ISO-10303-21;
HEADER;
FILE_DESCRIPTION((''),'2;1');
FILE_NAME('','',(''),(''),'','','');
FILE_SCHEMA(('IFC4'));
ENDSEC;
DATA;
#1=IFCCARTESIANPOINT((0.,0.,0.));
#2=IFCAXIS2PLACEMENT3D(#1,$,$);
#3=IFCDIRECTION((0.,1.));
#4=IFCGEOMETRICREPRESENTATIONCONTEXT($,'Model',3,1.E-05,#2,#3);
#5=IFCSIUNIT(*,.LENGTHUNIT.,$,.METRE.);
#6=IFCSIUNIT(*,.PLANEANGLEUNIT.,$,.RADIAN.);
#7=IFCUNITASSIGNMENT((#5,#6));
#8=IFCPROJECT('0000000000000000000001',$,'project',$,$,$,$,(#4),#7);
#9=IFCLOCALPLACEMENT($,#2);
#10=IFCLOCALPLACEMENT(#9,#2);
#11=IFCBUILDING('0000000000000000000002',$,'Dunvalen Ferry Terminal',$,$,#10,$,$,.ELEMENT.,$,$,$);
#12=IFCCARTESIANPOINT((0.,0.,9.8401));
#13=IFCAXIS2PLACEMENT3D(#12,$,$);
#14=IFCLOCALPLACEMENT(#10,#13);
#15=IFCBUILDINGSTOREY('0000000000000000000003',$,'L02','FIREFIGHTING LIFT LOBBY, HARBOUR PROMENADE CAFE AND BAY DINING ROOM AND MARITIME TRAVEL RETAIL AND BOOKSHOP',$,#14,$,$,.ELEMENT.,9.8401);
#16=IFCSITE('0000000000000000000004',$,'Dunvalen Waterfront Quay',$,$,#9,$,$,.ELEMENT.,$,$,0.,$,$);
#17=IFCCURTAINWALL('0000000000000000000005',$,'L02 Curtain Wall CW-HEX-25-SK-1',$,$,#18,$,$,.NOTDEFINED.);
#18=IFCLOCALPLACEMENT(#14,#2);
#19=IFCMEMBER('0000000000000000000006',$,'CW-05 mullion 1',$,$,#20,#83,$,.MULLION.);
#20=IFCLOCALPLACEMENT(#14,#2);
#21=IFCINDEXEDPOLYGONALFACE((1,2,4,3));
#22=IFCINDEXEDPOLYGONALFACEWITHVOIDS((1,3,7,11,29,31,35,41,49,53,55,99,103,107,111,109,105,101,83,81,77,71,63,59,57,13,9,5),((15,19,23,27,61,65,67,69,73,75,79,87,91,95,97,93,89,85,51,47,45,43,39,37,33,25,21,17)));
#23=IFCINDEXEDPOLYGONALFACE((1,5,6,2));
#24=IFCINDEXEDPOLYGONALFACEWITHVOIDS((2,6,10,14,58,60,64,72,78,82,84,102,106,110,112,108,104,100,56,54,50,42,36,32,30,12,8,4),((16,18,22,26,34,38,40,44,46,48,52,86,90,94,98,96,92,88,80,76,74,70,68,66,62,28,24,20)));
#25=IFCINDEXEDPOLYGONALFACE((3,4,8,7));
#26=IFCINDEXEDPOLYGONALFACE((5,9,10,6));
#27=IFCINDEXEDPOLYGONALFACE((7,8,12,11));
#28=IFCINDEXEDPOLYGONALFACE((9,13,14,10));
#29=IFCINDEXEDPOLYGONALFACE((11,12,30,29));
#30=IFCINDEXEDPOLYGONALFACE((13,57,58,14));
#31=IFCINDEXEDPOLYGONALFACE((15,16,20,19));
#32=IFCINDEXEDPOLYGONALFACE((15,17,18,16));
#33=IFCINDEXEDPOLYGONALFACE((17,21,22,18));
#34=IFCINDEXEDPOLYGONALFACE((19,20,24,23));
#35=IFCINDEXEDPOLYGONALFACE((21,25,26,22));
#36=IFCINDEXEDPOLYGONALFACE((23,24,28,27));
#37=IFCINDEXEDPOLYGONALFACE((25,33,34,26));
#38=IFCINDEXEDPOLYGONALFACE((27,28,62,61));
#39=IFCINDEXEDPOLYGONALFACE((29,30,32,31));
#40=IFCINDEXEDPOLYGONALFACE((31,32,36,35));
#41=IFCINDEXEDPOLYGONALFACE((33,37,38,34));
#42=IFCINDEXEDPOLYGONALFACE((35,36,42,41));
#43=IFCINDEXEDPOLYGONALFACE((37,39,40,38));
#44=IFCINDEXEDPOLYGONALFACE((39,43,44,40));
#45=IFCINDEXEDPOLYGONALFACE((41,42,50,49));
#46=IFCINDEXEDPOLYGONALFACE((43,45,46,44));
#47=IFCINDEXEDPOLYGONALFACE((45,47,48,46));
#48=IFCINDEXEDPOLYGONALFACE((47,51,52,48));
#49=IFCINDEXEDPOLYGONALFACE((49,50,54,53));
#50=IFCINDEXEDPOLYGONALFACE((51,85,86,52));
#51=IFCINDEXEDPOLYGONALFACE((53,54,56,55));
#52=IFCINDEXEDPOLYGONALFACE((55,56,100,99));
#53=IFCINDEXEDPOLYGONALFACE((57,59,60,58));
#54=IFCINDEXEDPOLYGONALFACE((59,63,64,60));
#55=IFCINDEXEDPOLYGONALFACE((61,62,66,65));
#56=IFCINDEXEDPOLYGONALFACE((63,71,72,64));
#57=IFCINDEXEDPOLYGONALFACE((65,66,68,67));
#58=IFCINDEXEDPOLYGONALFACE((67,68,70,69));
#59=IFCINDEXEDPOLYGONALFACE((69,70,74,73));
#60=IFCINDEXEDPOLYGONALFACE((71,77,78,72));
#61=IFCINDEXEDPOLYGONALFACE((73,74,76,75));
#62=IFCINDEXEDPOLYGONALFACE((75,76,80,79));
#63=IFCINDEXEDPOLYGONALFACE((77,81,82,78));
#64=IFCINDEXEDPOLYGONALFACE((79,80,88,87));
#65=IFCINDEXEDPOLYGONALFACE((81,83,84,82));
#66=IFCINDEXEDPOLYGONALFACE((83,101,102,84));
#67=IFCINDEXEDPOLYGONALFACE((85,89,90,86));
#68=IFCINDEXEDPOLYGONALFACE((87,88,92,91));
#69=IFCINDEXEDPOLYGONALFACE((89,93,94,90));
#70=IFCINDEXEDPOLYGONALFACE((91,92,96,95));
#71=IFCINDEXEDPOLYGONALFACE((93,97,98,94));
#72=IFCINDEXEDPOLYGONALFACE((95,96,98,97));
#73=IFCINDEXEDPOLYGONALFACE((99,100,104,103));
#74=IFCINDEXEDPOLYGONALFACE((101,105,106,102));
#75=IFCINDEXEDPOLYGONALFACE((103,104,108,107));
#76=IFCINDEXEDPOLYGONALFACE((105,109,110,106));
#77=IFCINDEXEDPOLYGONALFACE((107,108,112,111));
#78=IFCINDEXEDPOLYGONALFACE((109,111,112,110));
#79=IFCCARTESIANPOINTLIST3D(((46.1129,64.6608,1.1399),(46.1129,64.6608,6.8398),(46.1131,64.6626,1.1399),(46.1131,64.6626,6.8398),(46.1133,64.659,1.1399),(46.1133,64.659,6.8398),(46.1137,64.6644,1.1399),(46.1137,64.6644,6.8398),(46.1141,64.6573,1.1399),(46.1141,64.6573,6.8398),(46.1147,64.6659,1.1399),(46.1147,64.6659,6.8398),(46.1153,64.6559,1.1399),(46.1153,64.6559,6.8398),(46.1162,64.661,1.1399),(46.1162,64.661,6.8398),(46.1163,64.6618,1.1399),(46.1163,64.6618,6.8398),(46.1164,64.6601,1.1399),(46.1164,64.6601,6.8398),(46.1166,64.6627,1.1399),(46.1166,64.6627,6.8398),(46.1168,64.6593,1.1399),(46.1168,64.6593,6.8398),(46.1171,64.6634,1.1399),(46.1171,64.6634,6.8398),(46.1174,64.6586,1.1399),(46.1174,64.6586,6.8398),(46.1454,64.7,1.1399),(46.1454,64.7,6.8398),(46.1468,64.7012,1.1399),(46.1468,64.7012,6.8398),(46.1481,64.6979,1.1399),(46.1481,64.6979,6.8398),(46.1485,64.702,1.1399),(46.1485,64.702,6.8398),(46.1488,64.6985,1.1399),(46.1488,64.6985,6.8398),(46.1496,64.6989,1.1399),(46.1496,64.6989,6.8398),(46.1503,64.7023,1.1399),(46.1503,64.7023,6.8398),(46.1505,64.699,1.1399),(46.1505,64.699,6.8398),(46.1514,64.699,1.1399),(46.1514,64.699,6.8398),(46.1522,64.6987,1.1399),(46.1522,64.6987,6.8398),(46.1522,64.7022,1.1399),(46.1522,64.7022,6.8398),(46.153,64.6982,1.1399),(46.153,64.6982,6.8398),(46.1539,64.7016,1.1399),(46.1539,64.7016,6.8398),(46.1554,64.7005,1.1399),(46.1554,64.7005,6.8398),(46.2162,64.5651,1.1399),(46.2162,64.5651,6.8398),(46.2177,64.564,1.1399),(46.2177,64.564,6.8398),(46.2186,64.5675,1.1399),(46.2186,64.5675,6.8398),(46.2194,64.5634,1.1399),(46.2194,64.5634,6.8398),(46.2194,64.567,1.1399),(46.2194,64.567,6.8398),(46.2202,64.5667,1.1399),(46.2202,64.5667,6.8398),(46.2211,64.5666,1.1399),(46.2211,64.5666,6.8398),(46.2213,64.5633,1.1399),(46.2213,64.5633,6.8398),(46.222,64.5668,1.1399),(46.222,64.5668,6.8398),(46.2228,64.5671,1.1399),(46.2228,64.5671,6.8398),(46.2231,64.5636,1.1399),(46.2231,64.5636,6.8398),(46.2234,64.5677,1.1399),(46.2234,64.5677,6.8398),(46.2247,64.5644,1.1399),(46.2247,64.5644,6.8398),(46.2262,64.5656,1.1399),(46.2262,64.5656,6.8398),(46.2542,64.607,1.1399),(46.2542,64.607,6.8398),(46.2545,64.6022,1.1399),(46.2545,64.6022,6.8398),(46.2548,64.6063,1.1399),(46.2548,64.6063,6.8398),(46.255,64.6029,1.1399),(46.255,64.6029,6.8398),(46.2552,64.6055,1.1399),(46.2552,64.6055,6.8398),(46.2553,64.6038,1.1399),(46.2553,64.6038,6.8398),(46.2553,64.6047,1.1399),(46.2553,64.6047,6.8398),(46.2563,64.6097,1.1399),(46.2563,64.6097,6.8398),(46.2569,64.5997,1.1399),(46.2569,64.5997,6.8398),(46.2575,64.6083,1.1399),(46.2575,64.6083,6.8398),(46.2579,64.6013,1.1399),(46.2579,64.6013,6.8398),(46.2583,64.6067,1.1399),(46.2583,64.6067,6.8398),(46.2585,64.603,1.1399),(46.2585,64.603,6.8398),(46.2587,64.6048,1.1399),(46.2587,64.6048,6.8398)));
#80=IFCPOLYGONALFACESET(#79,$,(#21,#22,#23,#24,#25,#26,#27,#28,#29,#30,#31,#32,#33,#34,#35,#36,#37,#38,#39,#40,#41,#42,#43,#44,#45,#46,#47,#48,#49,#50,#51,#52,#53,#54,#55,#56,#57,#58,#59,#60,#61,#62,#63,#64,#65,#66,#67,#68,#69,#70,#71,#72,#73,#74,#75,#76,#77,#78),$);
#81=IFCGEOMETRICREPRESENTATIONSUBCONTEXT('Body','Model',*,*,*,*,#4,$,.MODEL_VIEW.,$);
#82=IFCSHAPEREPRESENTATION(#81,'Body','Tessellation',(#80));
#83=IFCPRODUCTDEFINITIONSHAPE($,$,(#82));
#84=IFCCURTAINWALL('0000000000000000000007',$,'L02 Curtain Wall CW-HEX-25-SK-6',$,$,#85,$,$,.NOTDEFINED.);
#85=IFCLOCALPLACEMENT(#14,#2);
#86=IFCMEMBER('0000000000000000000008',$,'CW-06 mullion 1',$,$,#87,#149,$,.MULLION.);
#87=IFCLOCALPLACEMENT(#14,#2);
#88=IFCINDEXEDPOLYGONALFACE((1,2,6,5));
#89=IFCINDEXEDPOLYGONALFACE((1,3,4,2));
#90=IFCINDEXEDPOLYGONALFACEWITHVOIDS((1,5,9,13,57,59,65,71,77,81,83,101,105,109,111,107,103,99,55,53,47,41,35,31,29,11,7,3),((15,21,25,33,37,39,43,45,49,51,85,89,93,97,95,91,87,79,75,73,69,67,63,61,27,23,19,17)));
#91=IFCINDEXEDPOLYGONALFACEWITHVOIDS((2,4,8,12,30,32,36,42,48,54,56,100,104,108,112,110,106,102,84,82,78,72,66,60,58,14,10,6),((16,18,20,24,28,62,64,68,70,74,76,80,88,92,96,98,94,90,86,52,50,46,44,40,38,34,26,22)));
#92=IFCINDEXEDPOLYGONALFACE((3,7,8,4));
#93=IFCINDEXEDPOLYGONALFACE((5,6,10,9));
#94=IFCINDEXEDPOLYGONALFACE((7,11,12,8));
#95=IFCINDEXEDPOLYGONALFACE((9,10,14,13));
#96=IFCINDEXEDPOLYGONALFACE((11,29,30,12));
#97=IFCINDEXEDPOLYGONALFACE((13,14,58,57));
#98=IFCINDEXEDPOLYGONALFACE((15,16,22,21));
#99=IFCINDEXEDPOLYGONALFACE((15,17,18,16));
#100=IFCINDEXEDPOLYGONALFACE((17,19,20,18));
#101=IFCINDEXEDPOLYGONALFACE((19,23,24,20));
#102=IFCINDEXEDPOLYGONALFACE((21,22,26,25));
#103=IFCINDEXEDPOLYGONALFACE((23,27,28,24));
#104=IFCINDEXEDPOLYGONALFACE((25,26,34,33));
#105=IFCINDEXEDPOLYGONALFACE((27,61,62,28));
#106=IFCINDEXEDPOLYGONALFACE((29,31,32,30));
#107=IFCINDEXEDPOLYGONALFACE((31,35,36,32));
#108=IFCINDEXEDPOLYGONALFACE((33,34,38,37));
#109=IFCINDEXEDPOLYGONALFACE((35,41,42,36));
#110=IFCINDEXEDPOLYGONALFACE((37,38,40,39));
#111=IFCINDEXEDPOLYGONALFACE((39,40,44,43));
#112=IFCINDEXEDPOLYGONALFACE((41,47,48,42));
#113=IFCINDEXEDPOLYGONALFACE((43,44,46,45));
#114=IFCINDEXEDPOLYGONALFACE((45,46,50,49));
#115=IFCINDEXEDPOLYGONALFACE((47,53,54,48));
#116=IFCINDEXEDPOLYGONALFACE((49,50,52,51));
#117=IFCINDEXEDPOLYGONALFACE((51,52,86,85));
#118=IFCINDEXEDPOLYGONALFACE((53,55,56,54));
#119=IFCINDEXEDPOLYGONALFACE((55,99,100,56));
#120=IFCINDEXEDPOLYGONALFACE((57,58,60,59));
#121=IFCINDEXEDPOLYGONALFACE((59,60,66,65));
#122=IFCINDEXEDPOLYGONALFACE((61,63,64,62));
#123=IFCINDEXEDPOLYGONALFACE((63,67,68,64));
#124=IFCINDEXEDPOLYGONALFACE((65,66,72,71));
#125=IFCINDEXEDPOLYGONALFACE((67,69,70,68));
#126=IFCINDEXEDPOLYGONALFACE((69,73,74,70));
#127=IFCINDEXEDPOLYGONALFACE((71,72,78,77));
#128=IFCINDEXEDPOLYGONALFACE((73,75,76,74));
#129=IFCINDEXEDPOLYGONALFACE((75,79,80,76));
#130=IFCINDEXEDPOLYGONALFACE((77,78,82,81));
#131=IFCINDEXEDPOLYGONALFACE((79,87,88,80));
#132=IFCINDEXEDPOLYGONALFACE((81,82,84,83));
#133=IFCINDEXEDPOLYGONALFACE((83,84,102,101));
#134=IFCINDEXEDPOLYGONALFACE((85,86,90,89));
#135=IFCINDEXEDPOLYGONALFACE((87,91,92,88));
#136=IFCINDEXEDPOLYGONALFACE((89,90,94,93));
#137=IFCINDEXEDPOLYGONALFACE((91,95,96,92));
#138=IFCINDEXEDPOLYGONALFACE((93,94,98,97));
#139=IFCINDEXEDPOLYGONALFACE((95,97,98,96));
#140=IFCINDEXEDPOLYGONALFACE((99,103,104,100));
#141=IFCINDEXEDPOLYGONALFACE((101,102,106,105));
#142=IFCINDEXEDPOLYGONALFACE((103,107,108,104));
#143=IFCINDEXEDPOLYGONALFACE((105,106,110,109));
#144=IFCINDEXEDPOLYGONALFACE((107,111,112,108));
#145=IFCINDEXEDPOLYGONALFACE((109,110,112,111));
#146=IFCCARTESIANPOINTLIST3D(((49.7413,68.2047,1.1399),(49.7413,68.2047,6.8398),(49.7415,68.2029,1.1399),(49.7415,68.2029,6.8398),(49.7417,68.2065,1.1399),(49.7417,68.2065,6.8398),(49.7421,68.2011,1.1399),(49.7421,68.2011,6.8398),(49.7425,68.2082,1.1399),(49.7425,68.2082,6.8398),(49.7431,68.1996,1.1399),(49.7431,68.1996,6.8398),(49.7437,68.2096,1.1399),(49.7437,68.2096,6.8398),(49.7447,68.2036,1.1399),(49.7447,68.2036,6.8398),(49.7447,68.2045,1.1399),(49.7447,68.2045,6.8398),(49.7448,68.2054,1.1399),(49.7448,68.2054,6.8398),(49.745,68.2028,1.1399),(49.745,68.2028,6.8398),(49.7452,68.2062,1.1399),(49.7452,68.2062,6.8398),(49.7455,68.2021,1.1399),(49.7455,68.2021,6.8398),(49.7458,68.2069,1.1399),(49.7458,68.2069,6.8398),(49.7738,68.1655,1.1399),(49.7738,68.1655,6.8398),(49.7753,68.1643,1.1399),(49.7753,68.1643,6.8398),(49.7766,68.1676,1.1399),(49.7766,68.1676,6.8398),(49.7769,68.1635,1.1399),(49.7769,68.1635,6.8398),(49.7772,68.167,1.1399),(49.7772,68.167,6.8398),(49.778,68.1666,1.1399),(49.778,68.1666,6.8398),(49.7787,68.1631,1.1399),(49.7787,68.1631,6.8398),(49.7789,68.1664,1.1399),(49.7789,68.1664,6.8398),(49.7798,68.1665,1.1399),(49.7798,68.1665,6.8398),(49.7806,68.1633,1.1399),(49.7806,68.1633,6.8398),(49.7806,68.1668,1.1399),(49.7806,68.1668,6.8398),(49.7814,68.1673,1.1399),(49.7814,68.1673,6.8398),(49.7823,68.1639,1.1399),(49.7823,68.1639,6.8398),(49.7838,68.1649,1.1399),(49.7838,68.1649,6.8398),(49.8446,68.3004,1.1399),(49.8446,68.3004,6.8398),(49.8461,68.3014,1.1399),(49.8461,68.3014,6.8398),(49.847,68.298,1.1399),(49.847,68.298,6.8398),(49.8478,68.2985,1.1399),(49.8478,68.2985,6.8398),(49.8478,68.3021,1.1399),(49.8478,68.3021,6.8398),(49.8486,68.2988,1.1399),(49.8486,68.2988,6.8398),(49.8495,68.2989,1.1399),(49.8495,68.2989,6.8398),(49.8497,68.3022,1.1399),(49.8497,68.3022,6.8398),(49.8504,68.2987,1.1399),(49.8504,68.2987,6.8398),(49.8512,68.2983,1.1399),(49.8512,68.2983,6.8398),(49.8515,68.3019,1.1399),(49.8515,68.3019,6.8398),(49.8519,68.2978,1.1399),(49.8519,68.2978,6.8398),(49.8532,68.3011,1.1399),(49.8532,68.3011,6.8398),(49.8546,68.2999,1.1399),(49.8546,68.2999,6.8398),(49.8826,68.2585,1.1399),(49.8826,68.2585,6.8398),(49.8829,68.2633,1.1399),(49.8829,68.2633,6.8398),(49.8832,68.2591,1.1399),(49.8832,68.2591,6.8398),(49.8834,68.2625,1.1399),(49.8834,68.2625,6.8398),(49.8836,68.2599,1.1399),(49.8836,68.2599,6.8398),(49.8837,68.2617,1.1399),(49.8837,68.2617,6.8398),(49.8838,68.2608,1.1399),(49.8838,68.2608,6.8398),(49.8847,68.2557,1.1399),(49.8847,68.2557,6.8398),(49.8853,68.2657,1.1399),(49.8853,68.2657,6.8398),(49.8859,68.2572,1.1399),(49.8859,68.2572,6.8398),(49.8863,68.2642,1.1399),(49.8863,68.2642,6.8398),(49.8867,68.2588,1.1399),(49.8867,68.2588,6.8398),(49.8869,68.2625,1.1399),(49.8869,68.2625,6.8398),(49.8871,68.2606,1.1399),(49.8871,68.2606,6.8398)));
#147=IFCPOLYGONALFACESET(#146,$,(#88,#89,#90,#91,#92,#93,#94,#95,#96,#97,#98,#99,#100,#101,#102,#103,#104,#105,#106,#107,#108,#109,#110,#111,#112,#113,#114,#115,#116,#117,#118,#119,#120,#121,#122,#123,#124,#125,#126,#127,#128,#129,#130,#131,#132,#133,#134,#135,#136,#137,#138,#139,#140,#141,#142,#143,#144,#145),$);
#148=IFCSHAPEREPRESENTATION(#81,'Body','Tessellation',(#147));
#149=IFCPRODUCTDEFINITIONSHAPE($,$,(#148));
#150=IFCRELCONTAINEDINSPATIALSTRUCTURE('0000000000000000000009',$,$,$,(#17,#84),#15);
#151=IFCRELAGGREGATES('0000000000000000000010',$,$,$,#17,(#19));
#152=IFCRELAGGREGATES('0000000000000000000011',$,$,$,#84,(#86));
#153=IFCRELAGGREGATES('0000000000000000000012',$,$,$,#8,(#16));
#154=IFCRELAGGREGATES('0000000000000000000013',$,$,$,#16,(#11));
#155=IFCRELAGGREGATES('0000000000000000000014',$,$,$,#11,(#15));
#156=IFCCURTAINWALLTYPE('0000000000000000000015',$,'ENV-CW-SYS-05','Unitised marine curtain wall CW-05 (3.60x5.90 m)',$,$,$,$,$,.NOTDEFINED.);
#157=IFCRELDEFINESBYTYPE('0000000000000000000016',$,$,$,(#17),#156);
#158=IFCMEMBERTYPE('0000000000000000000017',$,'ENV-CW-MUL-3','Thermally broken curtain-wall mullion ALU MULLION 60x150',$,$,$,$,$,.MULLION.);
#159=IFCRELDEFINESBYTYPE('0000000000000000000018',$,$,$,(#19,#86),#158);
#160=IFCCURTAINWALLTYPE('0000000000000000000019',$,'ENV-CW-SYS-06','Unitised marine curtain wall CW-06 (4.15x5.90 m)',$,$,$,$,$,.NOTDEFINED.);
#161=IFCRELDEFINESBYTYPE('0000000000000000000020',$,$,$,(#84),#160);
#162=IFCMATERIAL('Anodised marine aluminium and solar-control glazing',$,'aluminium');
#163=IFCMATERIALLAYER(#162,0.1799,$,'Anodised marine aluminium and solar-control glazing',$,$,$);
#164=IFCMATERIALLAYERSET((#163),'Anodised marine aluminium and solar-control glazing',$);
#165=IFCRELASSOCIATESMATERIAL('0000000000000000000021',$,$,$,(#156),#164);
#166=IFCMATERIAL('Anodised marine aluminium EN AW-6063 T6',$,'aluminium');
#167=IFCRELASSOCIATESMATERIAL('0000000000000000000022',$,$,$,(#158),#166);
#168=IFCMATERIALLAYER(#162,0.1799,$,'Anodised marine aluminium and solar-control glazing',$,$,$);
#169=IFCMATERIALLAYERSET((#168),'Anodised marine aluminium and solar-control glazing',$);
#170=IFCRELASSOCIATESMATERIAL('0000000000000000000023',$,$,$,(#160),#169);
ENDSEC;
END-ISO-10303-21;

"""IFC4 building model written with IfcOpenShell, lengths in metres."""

from ifc_helpers import new_model, si_unit, direction, frame, origin, origin_2d, place, context, subcontext, project, spatial, hollow_rectangle, extrude, material, layer, layer_set, material_profile, profile_set, type_object, element, aggregate, save


model = new_model("IFC4")

# Units and contexts
model_context = context("Model", 3, precision=1e-05, world=origin(), true_north=direction((0.0, 1.0)))
body_context = subcontext(model_context, "Body", "Model", "MODEL_VIEW")
ifc_project = project(units=[si_unit("LENGTHUNIT", "METRE"), si_unit("PLANEANGLEUNIT", "RADIAN")], contexts=[model_context])

# Site, building, storey
site_placement = place(None, origin())
site = spatial("IfcSite", under=ifc_project, at=site_placement, Name="Dunvalen Waterfront Quay", CompositionType="ELEMENT", RefElevation=0.0)
building_placement = place(site_placement, origin())
building = spatial("IfcBuilding", under=site, at=building_placement, Name="Dunvalen Ferry Terminal", CompositionType="ELEMENT")
storey_placement = place(building_placement, frame((0.0, 0.0, 9.8401)))
storey = spatial("IfcBuildingStorey", under=building, at=storey_placement, Name="L02", Description="FIREFIGHTING LIFT LOBBY, HARBOUR PROMENADE CAFE AND BAY DINING ROOM AND MARITIME TRAVEL RETAIL AND BOOKSHOP", CompositionType="ELEMENT", Elevation=9.8401)

# Curtain wall, member
ifc_material_1 = material(Name="Anodised marine aluminium and solar-control glazing", Category="aluminium")
ifc_layer_1 = layer(ifc_material_1, 0.1799, Name="Anodised marine aluminium and solar-control glazing")
ifc_layer_set_1 = layer_set([ifc_layer_1], Name="Anodised marine aluminium and solar-control glazing")
curtain_wall_type_1 = type_object("IfcCurtainWallType", Name="ENV-CW-SYS-05", Description="Unitised marine curtain wall CW-05 (3.60x5.90 m)", PredefinedType="NOTDEFINED", material=ifc_layer_set_1)
curtain_wall_1_placement = place(storey_placement, origin())
curtain_wall_1 = element("IfcCurtainWall", 1, at=curtain_wall_1_placement, inside=storey, type_object=curtain_wall_type_1, Name="L02 Curtain Wall CW-HEX-25-SK-1", PredefinedType="NOTDEFINED")
ifc_material_2 = material(Name="Anodised marine aluminium EN AW-6063 T6", Category="aluminium")
ifc_material_profile_1 = material_profile(ifc_material_2, hollow_rectangle(XDim=0.0601, YDim=0.1499, WallThickness=0.0034, InnerFilletRadius=0.0034, OuterFilletRadius=0.0071, at=origin_2d()), Name="Anodised marine aluminium EN AW-6063 T6")
ifc_profile_set_1 = profile_set([ifc_material_profile_1], Name="Anodised marine aluminium EN AW-6063 T6")
member_type_1 = type_object("IfcMemberType", Name="ENV-CW-MUL-3", Description="Thermally broken curtain-wall mullion ALU MULLION 60x150", PredefinedType="MULLION", material=ifc_profile_set_1)
member_1_placement = place(storey_placement, frame((46.1858, 64.6328, 1.1399), z_axis=(0.0, 0.0, 1.0), x_axis=(0.668954, 0.743304, 0.0)))
member_1 = element("IfcMember", 2, at=member_1_placement, type_object=member_type_1, Name="CW-05 mullion 1", PredefinedType="MULLION", context=body_context, shape_type="SweptSolid", body=[
    extrude(hollow_rectangle(XDim=0.0601, YDim=0.1499, WallThickness=0.0034, InnerFilletRadius=0.0034, OuterFilletRadius=0.0071, at=origin_2d()), origin(), (0.0, 0.0, 1.0), 5.7),
])

# Curtain wall, member
ifc_layer_2 = layer(ifc_material_1, 0.1799, Name="Anodised marine aluminium and solar-control glazing")
ifc_layer_set_2 = layer_set([ifc_layer_2], Name="Anodised marine aluminium and solar-control glazing")
curtain_wall_type_2 = type_object("IfcCurtainWallType", Name="ENV-CW-SYS-06", Description="Unitised marine curtain wall CW-06 (4.15x5.90 m)", PredefinedType="NOTDEFINED", material=ifc_layer_set_2)
curtain_wall_2_placement = place(storey_placement, origin())
curtain_wall_2 = element("IfcCurtainWall", 3, at=curtain_wall_2_placement, inside=storey, type_object=curtain_wall_type_2, Name="L02 Curtain Wall CW-HEX-25-SK-6", PredefinedType="NOTDEFINED")
member_2_placement = place(storey_placement, frame((49.8142, 68.2327, 1.1399), z_axis=(0.0, 0.0, 1.0), x_axis=(0.668954, -0.743304, 0.0)))
member_2 = element("IfcMember", 4, at=member_2_placement, type_object=member_type_1, Name="CW-06 mullion 1", PredefinedType="MULLION", context=body_context, shape_type="SweptSolid", body=[
    extrude(hollow_rectangle(XDim=0.0601, YDim=0.1499, WallThickness=0.0034, InnerFilletRadius=0.0034, OuterFilletRadius=0.0071, at=origin_2d()), origin(), (0.0, 0.0, 1.0), 5.7),
])

aggregate(curtain_wall_1, [member_1])

aggregate(curtain_wall_2, [member_2])

save(model, "model.ifc")
